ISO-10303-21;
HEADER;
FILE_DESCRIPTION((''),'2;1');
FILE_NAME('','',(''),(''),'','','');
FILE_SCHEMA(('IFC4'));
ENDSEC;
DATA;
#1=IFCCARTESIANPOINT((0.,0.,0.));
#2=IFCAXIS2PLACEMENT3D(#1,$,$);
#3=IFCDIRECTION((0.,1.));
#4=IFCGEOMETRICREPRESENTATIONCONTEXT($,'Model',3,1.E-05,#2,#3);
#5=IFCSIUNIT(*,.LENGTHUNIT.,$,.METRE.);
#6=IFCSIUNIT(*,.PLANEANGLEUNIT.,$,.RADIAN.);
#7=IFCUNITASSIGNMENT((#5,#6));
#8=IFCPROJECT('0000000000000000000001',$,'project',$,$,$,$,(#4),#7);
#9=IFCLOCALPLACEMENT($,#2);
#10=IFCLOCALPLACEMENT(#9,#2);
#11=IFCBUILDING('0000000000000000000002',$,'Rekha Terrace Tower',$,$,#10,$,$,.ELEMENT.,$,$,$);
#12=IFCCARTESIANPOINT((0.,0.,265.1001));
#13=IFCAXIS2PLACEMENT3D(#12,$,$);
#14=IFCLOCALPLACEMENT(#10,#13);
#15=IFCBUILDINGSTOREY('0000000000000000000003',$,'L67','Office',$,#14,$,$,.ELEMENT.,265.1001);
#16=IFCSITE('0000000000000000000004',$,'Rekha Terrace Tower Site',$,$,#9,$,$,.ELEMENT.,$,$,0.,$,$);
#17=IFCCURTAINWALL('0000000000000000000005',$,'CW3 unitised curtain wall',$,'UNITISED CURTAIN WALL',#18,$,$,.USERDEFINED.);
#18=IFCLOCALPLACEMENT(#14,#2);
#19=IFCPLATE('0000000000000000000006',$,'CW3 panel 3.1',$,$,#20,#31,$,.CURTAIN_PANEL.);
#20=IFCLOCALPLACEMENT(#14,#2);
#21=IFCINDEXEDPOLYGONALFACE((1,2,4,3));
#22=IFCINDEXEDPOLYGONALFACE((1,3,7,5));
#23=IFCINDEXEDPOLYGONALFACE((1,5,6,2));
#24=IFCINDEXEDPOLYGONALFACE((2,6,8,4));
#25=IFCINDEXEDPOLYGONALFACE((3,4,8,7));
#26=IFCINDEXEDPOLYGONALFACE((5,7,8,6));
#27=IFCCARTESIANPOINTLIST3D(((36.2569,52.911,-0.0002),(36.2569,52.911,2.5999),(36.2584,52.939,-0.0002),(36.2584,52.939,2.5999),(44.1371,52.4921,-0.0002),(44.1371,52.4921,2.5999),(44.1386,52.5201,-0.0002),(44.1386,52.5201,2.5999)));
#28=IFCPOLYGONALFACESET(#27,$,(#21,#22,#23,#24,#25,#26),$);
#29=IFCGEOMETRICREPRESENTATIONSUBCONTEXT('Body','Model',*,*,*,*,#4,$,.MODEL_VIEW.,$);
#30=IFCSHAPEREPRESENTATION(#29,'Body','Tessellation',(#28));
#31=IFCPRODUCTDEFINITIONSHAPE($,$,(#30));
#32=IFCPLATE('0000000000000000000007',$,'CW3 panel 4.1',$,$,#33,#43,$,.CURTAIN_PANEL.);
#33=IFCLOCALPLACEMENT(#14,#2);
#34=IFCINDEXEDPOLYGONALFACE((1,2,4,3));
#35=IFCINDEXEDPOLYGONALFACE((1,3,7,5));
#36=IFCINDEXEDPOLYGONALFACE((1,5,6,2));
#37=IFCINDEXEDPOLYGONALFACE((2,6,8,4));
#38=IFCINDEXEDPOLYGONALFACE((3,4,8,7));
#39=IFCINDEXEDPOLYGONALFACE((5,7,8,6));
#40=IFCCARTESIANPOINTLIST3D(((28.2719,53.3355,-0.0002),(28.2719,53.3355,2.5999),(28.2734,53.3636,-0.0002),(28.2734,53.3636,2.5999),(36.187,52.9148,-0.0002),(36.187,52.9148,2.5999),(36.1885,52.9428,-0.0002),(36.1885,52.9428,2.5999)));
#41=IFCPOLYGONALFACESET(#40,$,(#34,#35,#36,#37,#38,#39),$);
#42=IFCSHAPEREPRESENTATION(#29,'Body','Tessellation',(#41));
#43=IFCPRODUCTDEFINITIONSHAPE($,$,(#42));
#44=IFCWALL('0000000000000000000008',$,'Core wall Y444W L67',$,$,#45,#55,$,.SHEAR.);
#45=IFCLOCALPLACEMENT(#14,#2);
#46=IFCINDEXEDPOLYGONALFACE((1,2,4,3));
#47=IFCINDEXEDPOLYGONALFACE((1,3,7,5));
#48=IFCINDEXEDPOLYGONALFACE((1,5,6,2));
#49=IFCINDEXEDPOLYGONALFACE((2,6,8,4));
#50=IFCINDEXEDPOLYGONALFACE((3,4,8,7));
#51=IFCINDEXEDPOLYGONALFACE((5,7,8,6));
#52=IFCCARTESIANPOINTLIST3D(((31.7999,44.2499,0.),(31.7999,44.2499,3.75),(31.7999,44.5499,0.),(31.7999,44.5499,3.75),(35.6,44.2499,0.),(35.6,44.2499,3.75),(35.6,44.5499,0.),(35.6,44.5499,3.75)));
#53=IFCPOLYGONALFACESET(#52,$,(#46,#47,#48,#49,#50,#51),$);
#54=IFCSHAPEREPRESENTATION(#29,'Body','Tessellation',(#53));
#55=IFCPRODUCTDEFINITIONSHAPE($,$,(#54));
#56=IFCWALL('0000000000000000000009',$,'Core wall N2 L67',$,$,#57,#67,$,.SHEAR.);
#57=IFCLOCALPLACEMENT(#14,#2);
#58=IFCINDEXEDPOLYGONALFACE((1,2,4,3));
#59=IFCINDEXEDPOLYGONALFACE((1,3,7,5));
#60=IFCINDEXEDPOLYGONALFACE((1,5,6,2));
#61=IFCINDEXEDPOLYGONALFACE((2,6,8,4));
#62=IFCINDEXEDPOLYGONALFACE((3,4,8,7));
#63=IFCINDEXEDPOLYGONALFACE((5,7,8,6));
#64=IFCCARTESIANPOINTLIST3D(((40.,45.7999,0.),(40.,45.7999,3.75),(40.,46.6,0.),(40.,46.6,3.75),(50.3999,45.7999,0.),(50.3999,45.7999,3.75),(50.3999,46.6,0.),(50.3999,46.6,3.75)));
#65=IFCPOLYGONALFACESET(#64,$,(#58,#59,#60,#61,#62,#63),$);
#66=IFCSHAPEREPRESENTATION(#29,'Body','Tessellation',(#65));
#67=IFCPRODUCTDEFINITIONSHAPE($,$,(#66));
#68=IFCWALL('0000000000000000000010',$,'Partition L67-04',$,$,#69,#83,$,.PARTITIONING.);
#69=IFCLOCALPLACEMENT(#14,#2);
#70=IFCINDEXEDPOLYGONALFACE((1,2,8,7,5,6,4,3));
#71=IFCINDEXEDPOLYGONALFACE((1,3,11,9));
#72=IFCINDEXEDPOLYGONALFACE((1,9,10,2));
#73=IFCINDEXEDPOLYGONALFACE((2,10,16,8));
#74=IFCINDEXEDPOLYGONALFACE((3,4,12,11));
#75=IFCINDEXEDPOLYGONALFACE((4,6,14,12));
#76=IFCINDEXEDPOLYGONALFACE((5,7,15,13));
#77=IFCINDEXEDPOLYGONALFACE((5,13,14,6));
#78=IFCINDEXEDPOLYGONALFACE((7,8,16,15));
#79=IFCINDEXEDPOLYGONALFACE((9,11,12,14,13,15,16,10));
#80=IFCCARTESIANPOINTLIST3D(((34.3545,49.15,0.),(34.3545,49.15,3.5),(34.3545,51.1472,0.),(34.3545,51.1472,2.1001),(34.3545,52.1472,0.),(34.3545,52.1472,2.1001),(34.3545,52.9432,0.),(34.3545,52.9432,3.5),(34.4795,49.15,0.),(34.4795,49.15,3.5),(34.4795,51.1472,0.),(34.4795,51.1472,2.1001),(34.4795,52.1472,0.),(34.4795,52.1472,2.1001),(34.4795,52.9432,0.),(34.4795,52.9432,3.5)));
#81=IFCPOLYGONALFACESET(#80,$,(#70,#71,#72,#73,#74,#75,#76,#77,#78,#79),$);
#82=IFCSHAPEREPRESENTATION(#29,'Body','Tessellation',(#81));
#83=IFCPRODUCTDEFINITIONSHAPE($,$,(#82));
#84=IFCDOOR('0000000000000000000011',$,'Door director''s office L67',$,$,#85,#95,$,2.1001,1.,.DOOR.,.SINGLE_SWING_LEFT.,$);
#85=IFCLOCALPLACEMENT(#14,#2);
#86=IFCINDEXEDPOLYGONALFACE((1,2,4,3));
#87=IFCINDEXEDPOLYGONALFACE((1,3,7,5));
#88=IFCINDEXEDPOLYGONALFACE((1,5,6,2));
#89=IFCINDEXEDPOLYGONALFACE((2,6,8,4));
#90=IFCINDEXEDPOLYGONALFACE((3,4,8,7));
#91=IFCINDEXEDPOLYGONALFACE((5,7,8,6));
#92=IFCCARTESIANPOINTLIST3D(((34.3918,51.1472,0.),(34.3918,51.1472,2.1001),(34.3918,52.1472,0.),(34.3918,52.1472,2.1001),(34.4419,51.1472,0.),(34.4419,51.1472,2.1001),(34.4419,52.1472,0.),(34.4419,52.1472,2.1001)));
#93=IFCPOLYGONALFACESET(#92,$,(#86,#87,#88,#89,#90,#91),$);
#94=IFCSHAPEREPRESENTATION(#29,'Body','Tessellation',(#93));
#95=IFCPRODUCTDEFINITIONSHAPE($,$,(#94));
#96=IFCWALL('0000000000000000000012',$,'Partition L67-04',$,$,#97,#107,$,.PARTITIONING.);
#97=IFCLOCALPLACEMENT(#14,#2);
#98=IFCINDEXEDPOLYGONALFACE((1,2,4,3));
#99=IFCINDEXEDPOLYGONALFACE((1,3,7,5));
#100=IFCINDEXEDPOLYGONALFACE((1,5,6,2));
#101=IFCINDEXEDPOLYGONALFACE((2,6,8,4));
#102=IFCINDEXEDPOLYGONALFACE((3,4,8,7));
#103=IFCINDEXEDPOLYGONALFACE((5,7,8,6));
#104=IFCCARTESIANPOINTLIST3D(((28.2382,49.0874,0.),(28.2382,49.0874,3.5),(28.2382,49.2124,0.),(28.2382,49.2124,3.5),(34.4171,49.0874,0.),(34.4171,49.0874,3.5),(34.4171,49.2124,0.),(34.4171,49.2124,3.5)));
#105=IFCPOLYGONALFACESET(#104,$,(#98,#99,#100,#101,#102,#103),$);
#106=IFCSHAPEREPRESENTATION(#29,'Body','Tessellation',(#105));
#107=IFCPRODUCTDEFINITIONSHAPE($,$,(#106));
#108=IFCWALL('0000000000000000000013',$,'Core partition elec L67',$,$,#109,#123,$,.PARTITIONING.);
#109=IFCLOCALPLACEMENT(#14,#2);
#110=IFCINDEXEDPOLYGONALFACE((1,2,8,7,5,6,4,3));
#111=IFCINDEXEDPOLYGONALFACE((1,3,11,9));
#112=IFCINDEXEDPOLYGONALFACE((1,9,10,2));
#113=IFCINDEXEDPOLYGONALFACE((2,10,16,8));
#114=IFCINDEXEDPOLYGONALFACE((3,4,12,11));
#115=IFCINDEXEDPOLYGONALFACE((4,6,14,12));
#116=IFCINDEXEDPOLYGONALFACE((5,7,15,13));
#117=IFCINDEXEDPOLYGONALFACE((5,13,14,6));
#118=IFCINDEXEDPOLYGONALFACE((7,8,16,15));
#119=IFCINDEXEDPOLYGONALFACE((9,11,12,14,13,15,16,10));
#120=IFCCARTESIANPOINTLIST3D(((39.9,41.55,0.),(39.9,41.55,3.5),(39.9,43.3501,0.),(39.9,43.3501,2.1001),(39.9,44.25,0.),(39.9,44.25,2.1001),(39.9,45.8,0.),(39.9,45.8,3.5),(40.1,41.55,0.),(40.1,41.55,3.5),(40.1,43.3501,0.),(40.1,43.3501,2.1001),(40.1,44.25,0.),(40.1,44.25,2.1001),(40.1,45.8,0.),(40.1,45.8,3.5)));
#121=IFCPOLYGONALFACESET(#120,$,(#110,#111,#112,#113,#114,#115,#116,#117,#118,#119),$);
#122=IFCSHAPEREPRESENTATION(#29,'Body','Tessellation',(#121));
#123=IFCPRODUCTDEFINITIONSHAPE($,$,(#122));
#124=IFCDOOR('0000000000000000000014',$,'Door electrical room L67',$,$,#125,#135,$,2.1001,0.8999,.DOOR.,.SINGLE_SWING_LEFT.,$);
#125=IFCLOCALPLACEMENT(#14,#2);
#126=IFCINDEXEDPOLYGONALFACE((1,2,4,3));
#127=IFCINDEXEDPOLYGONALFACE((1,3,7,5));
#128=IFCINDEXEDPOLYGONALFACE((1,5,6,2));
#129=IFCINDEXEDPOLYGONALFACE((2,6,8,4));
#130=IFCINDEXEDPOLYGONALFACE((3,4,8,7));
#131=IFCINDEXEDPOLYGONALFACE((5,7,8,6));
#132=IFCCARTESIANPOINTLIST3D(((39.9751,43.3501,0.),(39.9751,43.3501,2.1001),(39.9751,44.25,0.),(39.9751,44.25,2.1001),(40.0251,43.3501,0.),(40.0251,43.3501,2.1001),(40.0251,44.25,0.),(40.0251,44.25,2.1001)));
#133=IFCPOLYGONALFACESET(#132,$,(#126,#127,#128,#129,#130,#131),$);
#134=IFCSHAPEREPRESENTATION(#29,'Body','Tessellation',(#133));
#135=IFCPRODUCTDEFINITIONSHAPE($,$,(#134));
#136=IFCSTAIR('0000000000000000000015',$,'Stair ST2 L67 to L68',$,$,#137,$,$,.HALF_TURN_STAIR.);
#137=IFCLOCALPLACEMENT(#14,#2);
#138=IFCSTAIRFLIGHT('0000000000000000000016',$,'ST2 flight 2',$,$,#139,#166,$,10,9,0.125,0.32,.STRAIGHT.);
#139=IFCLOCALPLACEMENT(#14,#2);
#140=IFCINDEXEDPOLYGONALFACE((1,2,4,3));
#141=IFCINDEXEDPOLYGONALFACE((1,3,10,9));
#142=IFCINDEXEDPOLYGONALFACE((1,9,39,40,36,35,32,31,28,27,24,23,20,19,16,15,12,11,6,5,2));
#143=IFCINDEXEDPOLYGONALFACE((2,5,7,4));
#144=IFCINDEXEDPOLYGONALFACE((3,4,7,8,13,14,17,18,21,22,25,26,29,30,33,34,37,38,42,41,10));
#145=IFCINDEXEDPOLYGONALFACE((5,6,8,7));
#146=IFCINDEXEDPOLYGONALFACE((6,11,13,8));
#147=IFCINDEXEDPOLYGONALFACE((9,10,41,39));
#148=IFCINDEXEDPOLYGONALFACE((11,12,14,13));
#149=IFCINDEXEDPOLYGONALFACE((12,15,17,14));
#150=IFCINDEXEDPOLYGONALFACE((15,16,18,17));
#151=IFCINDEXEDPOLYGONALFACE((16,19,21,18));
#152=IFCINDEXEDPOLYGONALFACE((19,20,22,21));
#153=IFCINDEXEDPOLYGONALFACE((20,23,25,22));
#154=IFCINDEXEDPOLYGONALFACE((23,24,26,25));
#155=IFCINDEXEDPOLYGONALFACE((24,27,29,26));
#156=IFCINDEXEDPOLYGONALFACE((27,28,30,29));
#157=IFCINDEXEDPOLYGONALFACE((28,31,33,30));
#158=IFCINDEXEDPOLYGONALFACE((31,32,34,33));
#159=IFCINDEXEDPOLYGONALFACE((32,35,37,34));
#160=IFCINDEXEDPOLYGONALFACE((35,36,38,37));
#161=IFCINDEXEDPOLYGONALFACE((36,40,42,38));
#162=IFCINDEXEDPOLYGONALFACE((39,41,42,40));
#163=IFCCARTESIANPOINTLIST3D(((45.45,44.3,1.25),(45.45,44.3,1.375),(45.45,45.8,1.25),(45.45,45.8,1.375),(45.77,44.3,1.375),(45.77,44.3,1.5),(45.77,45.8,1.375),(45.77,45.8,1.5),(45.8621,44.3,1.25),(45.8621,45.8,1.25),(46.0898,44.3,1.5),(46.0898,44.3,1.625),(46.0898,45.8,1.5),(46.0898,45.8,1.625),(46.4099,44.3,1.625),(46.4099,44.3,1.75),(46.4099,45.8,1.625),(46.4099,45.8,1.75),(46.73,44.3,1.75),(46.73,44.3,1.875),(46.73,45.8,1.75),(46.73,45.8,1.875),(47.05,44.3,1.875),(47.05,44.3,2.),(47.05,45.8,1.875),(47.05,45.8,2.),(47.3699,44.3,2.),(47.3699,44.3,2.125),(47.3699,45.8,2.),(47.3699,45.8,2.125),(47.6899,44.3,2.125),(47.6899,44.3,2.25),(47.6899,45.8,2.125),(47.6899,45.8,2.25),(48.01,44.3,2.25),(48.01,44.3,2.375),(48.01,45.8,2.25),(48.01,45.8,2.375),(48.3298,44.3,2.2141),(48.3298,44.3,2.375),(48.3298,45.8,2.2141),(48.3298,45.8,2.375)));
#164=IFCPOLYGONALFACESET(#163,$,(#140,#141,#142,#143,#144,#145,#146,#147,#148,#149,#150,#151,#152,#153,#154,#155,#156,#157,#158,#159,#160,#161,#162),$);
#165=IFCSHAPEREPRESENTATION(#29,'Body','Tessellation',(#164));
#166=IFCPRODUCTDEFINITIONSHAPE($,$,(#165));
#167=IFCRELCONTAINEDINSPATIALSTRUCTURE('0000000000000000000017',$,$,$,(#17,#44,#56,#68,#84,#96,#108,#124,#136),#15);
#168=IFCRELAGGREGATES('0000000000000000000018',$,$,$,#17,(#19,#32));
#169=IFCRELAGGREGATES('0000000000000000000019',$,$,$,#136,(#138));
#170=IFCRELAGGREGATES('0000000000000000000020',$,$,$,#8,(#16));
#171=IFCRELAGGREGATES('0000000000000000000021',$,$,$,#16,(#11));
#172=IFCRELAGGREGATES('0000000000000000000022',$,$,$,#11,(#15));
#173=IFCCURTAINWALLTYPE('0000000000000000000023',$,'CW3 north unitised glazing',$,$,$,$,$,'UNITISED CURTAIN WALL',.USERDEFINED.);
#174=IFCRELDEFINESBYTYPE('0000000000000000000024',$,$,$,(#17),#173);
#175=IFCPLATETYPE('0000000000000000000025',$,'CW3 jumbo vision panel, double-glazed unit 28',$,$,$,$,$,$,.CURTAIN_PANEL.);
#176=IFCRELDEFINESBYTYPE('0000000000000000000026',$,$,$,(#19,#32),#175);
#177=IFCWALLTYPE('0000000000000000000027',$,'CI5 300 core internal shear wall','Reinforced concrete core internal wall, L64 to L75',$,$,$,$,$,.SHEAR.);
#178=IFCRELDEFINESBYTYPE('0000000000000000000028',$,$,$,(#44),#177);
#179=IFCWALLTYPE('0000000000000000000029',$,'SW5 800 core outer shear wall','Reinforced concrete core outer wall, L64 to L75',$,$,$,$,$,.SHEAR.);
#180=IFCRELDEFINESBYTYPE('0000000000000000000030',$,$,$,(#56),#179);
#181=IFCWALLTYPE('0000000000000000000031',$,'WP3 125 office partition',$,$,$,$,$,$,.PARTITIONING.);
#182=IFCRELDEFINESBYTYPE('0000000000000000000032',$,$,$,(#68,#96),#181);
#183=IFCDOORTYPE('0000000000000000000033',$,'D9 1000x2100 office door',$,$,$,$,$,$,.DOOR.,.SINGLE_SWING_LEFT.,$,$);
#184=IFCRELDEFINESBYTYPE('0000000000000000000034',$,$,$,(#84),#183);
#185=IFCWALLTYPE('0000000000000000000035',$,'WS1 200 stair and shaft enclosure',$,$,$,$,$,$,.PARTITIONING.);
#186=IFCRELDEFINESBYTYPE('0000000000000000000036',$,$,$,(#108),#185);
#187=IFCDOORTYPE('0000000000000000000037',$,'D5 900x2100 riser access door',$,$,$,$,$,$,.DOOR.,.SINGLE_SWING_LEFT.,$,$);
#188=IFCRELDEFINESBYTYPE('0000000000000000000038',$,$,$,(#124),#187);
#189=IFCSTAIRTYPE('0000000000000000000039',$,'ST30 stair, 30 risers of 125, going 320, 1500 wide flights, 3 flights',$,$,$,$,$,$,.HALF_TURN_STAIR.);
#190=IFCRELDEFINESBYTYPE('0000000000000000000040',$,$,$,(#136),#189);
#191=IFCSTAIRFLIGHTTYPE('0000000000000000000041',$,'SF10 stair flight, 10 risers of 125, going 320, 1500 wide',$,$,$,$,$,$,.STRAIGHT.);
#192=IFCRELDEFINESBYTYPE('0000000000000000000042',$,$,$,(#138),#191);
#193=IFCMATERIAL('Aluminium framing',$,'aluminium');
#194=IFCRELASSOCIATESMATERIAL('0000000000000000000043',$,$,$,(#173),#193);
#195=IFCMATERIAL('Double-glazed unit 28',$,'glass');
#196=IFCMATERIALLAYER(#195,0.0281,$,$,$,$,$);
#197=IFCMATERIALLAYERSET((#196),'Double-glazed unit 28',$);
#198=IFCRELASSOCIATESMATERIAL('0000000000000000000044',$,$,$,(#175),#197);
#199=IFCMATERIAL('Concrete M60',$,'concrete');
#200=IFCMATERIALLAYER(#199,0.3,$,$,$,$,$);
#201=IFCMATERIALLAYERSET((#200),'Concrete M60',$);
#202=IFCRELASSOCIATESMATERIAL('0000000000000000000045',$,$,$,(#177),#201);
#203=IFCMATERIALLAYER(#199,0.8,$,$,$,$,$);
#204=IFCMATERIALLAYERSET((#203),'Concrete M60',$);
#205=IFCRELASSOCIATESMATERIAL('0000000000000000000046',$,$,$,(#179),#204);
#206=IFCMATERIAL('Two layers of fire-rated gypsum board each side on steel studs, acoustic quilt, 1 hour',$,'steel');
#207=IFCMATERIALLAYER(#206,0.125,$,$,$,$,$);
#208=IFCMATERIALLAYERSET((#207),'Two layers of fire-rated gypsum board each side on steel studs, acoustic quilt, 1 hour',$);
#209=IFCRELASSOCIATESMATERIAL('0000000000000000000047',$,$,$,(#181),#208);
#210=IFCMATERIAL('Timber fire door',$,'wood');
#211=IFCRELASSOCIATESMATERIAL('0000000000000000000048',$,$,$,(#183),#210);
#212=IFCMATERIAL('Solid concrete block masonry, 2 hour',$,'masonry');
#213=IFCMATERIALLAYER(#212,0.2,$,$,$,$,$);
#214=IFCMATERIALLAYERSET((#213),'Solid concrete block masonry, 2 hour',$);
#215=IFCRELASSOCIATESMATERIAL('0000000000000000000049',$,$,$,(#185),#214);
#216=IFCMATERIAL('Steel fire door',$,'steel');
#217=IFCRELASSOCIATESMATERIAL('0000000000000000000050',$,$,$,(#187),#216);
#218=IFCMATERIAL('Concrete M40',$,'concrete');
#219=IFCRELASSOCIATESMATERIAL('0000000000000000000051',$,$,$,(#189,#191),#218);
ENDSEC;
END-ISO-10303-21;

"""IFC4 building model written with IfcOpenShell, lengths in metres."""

from ifc_helpers import new_model, si_unit, direction, frame, frame_2d, origin, origin_2d, place, context, subcontext, project, spatial, polyline, rectangle, outline, extrude, material, layer, layer_set, type_object, element, fill, aggregate, save


model = new_model("IFC4")

# Units and contexts
model_context = context("Model", 3, precision=1e-05, world=origin(), true_north=direction((0.0, 1.0)))
body_context = subcontext(model_context, "Body", "Model", "MODEL_VIEW")
ifc_project = project(units=[si_unit("LENGTHUNIT", "METRE"), si_unit("PLANEANGLEUNIT", "RADIAN")], contexts=[model_context])

# Site, building, storey
site_placement = place(None, origin())
site = spatial("IfcSite", under=ifc_project, at=site_placement, Name="Rekha Terrace Tower Site", CompositionType="ELEMENT", RefElevation=0.0)
building_placement = place(site_placement, origin())
building = spatial("IfcBuilding", under=site, at=building_placement, Name="Rekha Terrace Tower", CompositionType="ELEMENT")
storey_placement = place(building_placement, frame((0.0, 0.0, 265.1001)))
storey = spatial("IfcBuildingStorey", under=building, at=storey_placement, Name="L67", Description="Office", CompositionType="ELEMENT", Elevation=265.1001)

# Shared definitions
ifc_material_1 = material(Name="Concrete M60", Category="concrete")

# Curtain wall
ifc_material_2 = material(Name="Aluminium framing", Category="aluminium")
curtain_wall_type = type_object("IfcCurtainWallType", Name="CW3 north unitised glazing", ElementType="UNITISED CURTAIN WALL", PredefinedType="USERDEFINED", material=ifc_material_2)
curtain_wall_placement = place(storey_placement, origin())
curtain_wall = element("IfcCurtainWall", 1, at=curtain_wall_placement, inside=storey, type_object=curtain_wall_type, Name="CW3 unitised curtain wall", ObjectType="UNITISED CURTAIN WALL", PredefinedType="USERDEFINED")

# Plates
ifc_material_3 = material(Name="Double-glazed unit 28", Category="glass")
ifc_layer_1 = layer(ifc_material_3, 0.0281)
ifc_layer_set_1 = layer_set([ifc_layer_1], Name="Double-glazed unit 28")
plate_type = type_object("IfcPlateType", Name="CW3 jumbo vision panel, double-glazed unit 28", PredefinedType="CURTAIN_PANEL", material=ifc_layer_set_1)
plate_1_placement = place(storey_placement, frame((40.1978, 52.7156, -0.0002), z_axis=(0.0, 0.0, 1.0), x_axis=(-0.99859, 0.053083, 0.0)))
plate_1 = element("IfcPlate", 2, at=plate_1_placement, type_object=plate_type, Name="CW3 panel 3.1", PredefinedType="CURTAIN_PANEL", context=body_context, shape_type="SweptSolid", body=[
    extrude(rectangle(XDim=7.8914, YDim=0.0281, at=origin_2d()), origin(), (0.0, 0.0, 1.0), 2.6001),
])
plate_2_placement = place(storey_placement, frame((32.2302, 53.1392, -0.0002), z_axis=(0.0, 0.0, 1.0), x_axis=(-0.99859, 0.053083, 0.0)))
plate_2 = element("IfcPlate", 3, at=plate_2_placement, type_object=plate_type, Name="CW3 panel 4.1", PredefinedType="CURTAIN_PANEL", context=body_context, shape_type="SweptSolid", body=[
    extrude(rectangle(XDim=7.9263, YDim=0.0281, at=origin_2d()), origin(), (0.0, 0.0, 1.0), 2.6001),
])
aggregate(curtain_wall, [plate_1, plate_2])

# Walls
ifc_layer_2 = layer(ifc_material_1, 0.3)
ifc_layer_set_2 = layer_set([ifc_layer_2], Name="Concrete M60")
wall_type_1 = type_object("IfcWallType", Name="CI5 300 core internal shear wall", Description="Reinforced concrete core internal wall, L64 to L75", PredefinedType="SHEAR", material=ifc_layer_set_2)
wall_1_placement = place(storey_placement, frame((31.8, 44.3999, 0.0), z_axis=(0.0, 0.0, 1.0), x_axis=(1.0, 0.0, 0.0)))
element("IfcWall", 4, at=wall_1_placement, inside=storey, type_object=wall_type_1, Name="Core wall Y444W L67", PredefinedType="SHEAR", context=body_context, shape_type="SweptSolid", body=[
    extrude(rectangle(XDim=3.8, YDim=0.3, at=frame_2d((1.8999, 0.0))), origin(), (0.0, 0.0, 1.0), 3.75),
])
ifc_layer_3 = layer(ifc_material_1, 0.8)
ifc_layer_set_3 = layer_set([ifc_layer_3], Name="Concrete M60")
wall_type_2 = type_object("IfcWallType", Name="SW5 800 core outer shear wall", Description="Reinforced concrete core outer wall, L64 to L75", PredefinedType="SHEAR", material=ifc_layer_set_3)
wall_2_placement = place(storey_placement, frame((40.0, 46.2, 0.0), z_axis=(0.0, 0.0, 1.0), x_axis=(1.0, 0.0, 0.0)))
element("IfcWall", 5, at=wall_2_placement, inside=storey, type_object=wall_type_2, Name="Core wall N2 L67", PredefinedType="SHEAR", context=body_context, shape_type="SweptSolid", body=[
    extrude(rectangle(XDim=10.3999, YDim=0.8, at=frame_2d((5.2, 0.0))), origin(), (0.0, 0.0, 1.0), 3.75),
])

# Wall, opening, door
ifc_material_4 = material(Name="Two layers of fire-rated gypsum board each side on steel studs, acoustic quilt, 1 hour", Category="steel")
ifc_layer_4 = layer(ifc_material_4, 0.125)
ifc_layer_set_4 = layer_set([ifc_layer_4], Name="Two layers of fire-rated gypsum board each side on steel studs, acoustic quilt, 1 hour")
wall_type_3 = type_object("IfcWallType", Name="WP3 125 office partition", PredefinedType="PARTITIONING", material=ifc_layer_set_4)
wall_3_placement = place(storey_placement, frame((34.417, 52.9431, 0.0), z_axis=(0.0, 0.0, 1.0), x_axis=(0.0, -1.0, 0.0)))
wall_3 = element("IfcWall", 6, at=wall_3_placement, inside=storey, type_object=wall_type_3, Name="Partition L67-04", PredefinedType="PARTITIONING", context=body_context, shape_type="SweptSolid", body=[
    extrude(rectangle(XDim=3.7932, YDim=0.125, at=frame_2d((1.8965, 0.0))), origin(), (0.0, 0.0, 1.0), 3.5),
])
opening_1_placement = place(wall_3_placement, frame((0.7959, 0.0, 0.0)))
opening_1 = element("IfcOpeningElement", 7, at=opening_1_placement, cuts=wall_3, PredefinedType="OPENING", context=body_context, shape_type="SweptSolid", body=[
    extrude(rectangle(XDim=1.0, YDim=2.1001, at=frame_2d((0.5, 1.05))), frame((0.0, 0.0725, 0.0), z_axis=(0.0, -1.0, 0.0), x_axis=(1.0, 0.0, 0.0)), (0.0, 0.0, 1.0), 0.145),
])
ifc_material_5 = material(Name="Timber fire door", Category="wood")
door_type_1 = type_object("IfcDoorType", Name="D9 1000x2100 office door", OperationType="SINGLE_SWING_LEFT", PredefinedType="DOOR", material=ifc_material_5)
door_1_placement = place(opening_1_placement, origin())
door_1 = element("IfcDoor", 8, at=door_1_placement, inside=storey, type_object=door_type_1, Name="Door director's office L67", OperationType="SINGLE_SWING_LEFT", OverallHeight=2.1001, OverallWidth=1.0, PredefinedType="DOOR", context=body_context, shape_type="SweptSolid", body=[
    extrude(rectangle(XDim=1.0, YDim=2.1001, at=frame_2d((0.5, 1.05))), frame((0.0, 0.0249, 0.0), z_axis=(0.0, -1.0, 0.0), x_axis=(1.0, 0.0, 0.0)), (0.0, 0.0, 1.0), 0.05),
])
fill(opening_1, door_1)

# Wall
wall_4_placement = place(storey_placement, frame((34.417, 49.1499, 0.0), z_axis=(0.0, 0.0, 1.0), x_axis=(-1.0, 0.0, 0.0)))
element("IfcWall", 9, at=wall_4_placement, inside=storey, type_object=wall_type_3, Name="Partition L67-04", PredefinedType="PARTITIONING", context=body_context, shape_type="SweptSolid", body=[
    extrude(rectangle(XDim=6.179, YDim=0.125, at=frame_2d((3.0894, 0.0))), origin(), (0.0, 0.0, 1.0), 3.5),
])

# Wall, opening, door
ifc_material_6 = material(Name="Solid concrete block masonry, 2 hour", Category="masonry")
ifc_layer_5 = layer(ifc_material_6, 0.2)
ifc_layer_set_5 = layer_set([ifc_layer_5], Name="Solid concrete block masonry, 2 hour")
wall_type_4 = type_object("IfcWallType", Name="WS1 200 stair and shaft enclosure", PredefinedType="PARTITIONING", material=ifc_layer_set_5)
wall_5_placement = place(storey_placement, frame((40.0, 41.55, 0.0), z_axis=(0.0, 0.0, 1.0), x_axis=(0.0, 1.0, 0.0)))
wall_5 = element("IfcWall", 10, at=wall_5_placement, inside=storey, type_object=wall_type_4, Name="Core partition elec L67", PredefinedType="PARTITIONING", context=body_context, shape_type="SweptSolid", body=[
    extrude(rectangle(XDim=4.25, YDim=0.2, at=frame_2d((2.125, 0.0))), origin(), (0.0, 0.0, 1.0), 3.5),
])
opening_2_placement = place(wall_5_placement, frame((1.8, 0.0, 0.0)))
opening_2 = element("IfcOpeningElement", 11, at=opening_2_placement, cuts=wall_5, PredefinedType="OPENING", context=body_context, shape_type="SweptSolid", body=[
    extrude(rectangle(XDim=0.8999, YDim=2.1001, at=frame_2d((0.45, 1.05))), frame((0.0, 0.1099, 0.0), z_axis=(0.0, -1.0, 0.0), x_axis=(1.0, 0.0, 0.0)), (0.0, 0.0, 1.0), 0.22),
])
ifc_material_7 = material(Name="Steel fire door", Category="steel")
door_type_2 = type_object("IfcDoorType", Name="D5 900x2100 riser access door", OperationType="SINGLE_SWING_LEFT", PredefinedType="DOOR", material=ifc_material_7)
door_2_placement = place(opening_2_placement, origin())
door_2 = element("IfcDoor", 12, at=door_2_placement, inside=storey, type_object=door_type_2, Name="Door electrical room L67", OperationType="SINGLE_SWING_LEFT", OverallHeight=2.1001, OverallWidth=0.8999, PredefinedType="DOOR", context=body_context, shape_type="SweptSolid", body=[
    extrude(rectangle(XDim=0.8999, YDim=2.1001, at=frame_2d((0.45, 1.05))), frame((0.0, 0.0249, 0.0), z_axis=(0.0, -1.0, 0.0), x_axis=(1.0, 0.0, 0.0)), (0.0, 0.0, 1.0), 0.05),
])
fill(opening_2, door_2)

# Stair, stair flight
ifc_material_8 = material(Name="Concrete M40", Category="concrete")
stair_type = type_object("IfcStairType", Name="ST30 stair, 30 risers of 125, going 320, 1500 wide flights, 3 flights", PredefinedType="HALF_TURN_STAIR", material=ifc_material_8)
stair_placement = place(storey_placement, origin())
stair = element("IfcStair", 13, at=stair_placement, inside=storey, type_object=stair_type, Name="Stair ST2 L67 to L68", PredefinedType="HALF_TURN_STAIR")
stair_flight_type = type_object("IfcStairFlightType", Name="SF10 stair flight, 10 risers of 125, going 320, 1500 wide", PredefinedType="STRAIGHT", material=ifc_material_8)
stair_flight_placement = place(storey_placement, frame((45.45, 45.05, 1.25), z_axis=(0.0, 0.0, 1.0), x_axis=(1.0, 0.0, 0.0)))
stair_flight = element("IfcStairFlight", 14, at=stair_flight_placement, type_object=stair_flight_type, Name="ST2 flight 2", NumberOfRisers=10, NumberOfTreads=9, PredefinedType="STRAIGHT", RiserHeight=0.125, TreadLength=0.32, context=body_context, shape_type="SweptSolid", body=[
    extrude(outline(polyline([(0.0, 0.0), (0.0, 0.125), (0.3201, 0.125), (0.3201, 0.25), (0.6399, 0.25), (0.6399, 0.375), (0.96, 0.375), (0.96, 0.5), (1.28, 0.5), (1.28, 0.625), (1.6001, 0.625), (1.6001, 0.75), (1.9199, 0.75), (1.9199, 0.875), (2.24, 0.875), (2.24, 1.0), (2.5601, 1.0), (2.5601, 1.125), (2.8799, 1.125), (2.8799, 1.25), (2.8799, 0.9641), (0.4121, 0.0), (0.0, 0.0)])), frame((0.0, 0.75, 0.0), z_axis=(0.0, -1.0, 0.0), x_axis=(1.0, 0.0, 0.0)), (0.0, 0.0, 1.0), 1.5),
])
aggregate(stair, [stair_flight])

save(model, "model.ifc")
